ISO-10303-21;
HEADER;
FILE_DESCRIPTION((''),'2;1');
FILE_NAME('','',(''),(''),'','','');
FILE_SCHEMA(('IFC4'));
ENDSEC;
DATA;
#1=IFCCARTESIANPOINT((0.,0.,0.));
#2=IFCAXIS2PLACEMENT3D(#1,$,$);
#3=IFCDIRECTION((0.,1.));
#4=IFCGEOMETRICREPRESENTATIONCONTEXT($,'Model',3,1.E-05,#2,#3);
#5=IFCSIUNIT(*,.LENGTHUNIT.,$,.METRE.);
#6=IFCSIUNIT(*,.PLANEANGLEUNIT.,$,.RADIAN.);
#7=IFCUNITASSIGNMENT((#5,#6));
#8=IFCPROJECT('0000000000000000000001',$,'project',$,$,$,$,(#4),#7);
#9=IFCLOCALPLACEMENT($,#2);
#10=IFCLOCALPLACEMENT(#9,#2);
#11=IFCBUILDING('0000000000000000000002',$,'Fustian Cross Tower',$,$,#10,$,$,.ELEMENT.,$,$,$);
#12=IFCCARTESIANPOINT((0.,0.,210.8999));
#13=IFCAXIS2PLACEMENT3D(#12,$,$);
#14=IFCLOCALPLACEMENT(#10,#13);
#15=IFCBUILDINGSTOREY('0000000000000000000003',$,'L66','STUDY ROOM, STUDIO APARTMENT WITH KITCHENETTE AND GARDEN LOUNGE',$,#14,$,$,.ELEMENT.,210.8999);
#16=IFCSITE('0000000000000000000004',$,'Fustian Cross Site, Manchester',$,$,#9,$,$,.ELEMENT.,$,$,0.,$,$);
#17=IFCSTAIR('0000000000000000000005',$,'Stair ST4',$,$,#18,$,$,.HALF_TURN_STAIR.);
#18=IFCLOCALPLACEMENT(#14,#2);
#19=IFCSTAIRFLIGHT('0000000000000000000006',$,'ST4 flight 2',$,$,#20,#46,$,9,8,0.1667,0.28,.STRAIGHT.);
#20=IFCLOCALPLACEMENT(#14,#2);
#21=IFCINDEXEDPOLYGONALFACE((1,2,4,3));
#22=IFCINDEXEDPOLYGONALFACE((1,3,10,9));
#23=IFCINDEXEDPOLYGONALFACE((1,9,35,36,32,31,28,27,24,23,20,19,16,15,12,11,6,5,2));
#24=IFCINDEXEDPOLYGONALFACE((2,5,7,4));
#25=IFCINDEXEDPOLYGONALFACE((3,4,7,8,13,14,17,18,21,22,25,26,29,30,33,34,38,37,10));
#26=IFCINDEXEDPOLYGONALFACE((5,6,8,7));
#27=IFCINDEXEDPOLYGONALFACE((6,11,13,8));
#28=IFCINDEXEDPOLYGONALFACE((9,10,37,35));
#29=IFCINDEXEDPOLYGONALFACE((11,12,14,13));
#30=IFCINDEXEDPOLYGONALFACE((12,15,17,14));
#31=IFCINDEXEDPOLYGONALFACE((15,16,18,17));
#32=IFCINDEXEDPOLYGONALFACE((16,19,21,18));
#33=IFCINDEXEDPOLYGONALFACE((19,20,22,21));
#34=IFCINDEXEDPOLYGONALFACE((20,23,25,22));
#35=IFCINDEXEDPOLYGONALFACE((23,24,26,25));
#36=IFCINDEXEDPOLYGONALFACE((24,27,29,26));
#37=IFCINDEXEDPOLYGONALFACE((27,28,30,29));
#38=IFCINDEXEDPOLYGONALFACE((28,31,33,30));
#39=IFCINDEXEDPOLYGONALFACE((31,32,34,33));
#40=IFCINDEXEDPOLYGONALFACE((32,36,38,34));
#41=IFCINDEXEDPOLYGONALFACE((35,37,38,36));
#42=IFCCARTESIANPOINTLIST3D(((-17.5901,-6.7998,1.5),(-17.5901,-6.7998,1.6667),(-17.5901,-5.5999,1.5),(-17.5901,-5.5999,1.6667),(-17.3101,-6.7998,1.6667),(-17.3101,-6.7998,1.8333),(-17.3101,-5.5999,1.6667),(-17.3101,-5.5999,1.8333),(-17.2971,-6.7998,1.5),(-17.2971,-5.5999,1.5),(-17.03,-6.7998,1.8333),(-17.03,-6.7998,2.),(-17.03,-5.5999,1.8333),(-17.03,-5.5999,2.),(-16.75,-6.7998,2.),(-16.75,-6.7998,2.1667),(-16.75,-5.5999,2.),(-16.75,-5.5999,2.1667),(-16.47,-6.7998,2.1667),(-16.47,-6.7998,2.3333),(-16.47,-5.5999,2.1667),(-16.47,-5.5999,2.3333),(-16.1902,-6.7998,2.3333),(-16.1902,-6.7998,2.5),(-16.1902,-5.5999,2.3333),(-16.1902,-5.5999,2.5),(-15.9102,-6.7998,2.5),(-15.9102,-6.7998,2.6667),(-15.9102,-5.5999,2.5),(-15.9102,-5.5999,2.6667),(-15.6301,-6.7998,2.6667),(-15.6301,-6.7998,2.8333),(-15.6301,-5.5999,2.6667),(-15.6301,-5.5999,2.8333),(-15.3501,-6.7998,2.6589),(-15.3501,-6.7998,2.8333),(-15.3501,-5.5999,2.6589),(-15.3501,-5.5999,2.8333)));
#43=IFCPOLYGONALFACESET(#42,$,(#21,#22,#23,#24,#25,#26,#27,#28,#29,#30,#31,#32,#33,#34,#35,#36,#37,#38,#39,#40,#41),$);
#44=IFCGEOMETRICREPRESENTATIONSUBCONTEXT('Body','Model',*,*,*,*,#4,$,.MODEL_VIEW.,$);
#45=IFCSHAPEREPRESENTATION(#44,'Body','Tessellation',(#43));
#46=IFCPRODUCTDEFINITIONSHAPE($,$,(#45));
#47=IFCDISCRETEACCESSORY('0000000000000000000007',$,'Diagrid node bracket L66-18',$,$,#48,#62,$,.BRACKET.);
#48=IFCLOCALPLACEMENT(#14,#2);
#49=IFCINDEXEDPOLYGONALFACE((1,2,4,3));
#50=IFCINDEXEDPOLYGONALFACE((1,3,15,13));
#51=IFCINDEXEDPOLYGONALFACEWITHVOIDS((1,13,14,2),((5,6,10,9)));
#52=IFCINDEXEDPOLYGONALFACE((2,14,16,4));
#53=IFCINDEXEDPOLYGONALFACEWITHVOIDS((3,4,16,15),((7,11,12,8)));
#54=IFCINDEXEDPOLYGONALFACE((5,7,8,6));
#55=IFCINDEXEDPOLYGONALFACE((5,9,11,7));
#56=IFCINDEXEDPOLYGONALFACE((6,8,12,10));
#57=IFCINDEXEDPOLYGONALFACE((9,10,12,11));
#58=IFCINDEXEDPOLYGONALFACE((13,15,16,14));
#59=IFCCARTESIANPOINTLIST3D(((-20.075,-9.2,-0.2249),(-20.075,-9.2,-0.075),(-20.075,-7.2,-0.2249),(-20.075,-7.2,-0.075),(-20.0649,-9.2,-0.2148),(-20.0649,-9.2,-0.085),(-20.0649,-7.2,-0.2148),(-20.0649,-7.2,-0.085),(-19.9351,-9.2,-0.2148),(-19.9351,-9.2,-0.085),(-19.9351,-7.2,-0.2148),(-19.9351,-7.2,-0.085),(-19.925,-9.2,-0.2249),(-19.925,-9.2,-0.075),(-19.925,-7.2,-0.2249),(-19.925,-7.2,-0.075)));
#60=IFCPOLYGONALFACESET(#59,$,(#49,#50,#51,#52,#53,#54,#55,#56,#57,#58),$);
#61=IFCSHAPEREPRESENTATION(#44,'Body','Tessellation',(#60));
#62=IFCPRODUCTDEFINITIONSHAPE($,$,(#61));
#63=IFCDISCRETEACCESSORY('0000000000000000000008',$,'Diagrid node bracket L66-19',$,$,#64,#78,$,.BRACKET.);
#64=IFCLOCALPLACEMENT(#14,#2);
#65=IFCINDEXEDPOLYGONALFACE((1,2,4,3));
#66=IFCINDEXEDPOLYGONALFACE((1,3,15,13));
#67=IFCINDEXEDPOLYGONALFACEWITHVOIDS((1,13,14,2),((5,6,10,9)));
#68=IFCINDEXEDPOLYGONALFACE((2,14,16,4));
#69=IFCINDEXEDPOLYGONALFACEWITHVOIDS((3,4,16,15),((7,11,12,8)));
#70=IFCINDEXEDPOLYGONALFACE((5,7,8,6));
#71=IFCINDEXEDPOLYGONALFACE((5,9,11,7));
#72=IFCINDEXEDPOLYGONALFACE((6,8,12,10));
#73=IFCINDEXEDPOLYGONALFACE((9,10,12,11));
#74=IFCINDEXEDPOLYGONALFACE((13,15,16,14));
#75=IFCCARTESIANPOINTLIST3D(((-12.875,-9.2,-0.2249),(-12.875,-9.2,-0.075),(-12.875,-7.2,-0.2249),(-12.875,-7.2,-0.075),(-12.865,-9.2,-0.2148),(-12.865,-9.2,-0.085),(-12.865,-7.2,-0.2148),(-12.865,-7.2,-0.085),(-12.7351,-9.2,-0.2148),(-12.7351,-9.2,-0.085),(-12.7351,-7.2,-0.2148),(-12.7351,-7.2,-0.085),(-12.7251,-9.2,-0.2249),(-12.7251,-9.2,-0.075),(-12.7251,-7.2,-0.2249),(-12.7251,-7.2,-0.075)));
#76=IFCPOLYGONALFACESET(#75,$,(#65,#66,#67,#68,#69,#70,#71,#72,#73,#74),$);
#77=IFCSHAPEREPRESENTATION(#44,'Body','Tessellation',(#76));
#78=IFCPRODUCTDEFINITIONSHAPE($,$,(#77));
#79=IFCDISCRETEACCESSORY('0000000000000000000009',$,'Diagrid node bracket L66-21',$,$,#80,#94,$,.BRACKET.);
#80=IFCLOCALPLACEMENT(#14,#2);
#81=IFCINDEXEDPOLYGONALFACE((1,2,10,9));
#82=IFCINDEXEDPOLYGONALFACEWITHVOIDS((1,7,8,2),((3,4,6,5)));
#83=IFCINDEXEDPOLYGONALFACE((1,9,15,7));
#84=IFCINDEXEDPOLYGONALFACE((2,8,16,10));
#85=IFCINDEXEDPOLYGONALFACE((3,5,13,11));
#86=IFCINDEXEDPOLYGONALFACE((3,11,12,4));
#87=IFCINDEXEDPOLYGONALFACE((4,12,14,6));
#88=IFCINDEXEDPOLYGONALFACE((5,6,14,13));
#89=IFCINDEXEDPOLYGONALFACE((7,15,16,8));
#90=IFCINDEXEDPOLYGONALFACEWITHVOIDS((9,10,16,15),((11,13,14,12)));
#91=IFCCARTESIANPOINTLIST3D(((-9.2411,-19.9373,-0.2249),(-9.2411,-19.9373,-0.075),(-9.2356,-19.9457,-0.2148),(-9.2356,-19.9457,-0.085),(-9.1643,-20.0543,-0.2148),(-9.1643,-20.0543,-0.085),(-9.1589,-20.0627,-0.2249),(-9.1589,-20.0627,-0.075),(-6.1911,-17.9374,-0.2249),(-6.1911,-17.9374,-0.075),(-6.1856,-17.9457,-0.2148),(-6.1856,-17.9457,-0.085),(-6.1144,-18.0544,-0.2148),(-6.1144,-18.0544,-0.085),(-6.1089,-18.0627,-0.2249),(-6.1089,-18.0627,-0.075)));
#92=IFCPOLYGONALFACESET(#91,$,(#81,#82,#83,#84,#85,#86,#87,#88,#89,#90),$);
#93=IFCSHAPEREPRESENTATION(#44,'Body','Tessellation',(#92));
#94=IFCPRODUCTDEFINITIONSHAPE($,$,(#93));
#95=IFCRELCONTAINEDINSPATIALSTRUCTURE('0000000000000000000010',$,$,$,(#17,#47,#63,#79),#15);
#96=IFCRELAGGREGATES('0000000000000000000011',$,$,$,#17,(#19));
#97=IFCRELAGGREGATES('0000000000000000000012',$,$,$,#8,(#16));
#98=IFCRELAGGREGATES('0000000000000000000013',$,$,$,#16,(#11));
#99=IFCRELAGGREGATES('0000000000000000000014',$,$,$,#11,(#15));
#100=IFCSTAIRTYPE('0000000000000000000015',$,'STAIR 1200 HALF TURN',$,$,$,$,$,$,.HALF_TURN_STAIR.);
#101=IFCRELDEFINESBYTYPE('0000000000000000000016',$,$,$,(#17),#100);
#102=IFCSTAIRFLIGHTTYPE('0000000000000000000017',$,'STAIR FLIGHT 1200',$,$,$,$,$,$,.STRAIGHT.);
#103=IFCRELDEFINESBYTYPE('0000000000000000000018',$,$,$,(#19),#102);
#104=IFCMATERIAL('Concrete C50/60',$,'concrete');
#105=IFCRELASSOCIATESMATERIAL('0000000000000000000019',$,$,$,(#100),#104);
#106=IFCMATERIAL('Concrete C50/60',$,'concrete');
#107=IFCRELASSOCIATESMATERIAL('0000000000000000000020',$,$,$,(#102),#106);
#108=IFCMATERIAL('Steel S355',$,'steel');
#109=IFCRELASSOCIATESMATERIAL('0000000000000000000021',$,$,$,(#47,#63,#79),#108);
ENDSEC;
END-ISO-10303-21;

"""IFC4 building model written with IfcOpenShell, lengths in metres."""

from ifc_helpers import new_model, si_unit, direction, frame, origin, origin_2d, place, context, subcontext, project, spatial, polyline, hollow_rectangle, outline, extrude, material, type_object, element, aggregate, save


model = new_model("IFC4")

# Units and contexts
model_context = context("Model", 3, precision=1e-05, world=origin(), true_north=direction((0.0, 1.0)))
body_context = subcontext(model_context, "Body", "Model", "MODEL_VIEW")
ifc_project = project(units=[si_unit("LENGTHUNIT", "METRE"), si_unit("PLANEANGLEUNIT", "RADIAN")], contexts=[model_context])

# Site, building, storey
site_placement = place(None, origin())
site = spatial("IfcSite", under=ifc_project, at=site_placement, Name="Fustian Cross Site, Manchester", CompositionType="ELEMENT", RefElevation=0.0)
building_placement = place(site_placement, origin())
building = spatial("IfcBuilding", under=site, at=building_placement, Name="Fustian Cross Tower", CompositionType="ELEMENT")
storey_placement = place(building_placement, frame((0.0, 0.0, 210.8999)))
storey = spatial("IfcBuildingStorey", under=building, at=storey_placement, Name="L66", Description="STUDY ROOM, STUDIO APARTMENT WITH KITCHENETTE AND GARDEN LOUNGE", CompositionType="ELEMENT", Elevation=210.8999)

# Stair, stair flight
ifc_material_1 = material(Name="Concrete C50/60", Category="concrete")
stair_type = type_object("IfcStairType", Name="STAIR 1200 HALF TURN", PredefinedType="HALF_TURN_STAIR", material=ifc_material_1)
stair_placement = place(storey_placement, origin())
stair = element("IfcStair", 1, at=stair_placement, inside=storey, type_object=stair_type, Name="Stair ST4", PredefinedType="HALF_TURN_STAIR")
ifc_material_2 = material(Name="Concrete C50/60", Category="concrete")
stair_flight_type = type_object("IfcStairFlightType", Name="STAIR FLIGHT 1200", PredefinedType="STRAIGHT", material=ifc_material_2)
stair_flight_1_placement = place(storey_placement, frame((-17.5901, -6.2, 1.5), z_axis=(0.0, 0.0, 1.0), x_axis=(1.0, 0.0, 0.0)))
stair_flight_1 = element("IfcStairFlight", 2, at=stair_flight_1_placement, type_object=stair_flight_type, Name="ST4 flight 2", NumberOfRisers=9, NumberOfTreads=8, PredefinedType="STRAIGHT", RiserHeight=0.1667, TreadLength=0.28, context=body_context, shape_type="SweptSolid", body=[
    extrude(outline(polyline([(0.0, 0.0), (0.0, 0.1667), (0.28, 0.1667), (0.28, 0.3333), (0.5601, 0.3333), (0.5601, 0.5), (0.8401, 0.5), (0.8401, 0.6667), (1.1201, 0.6667), (1.1201, 0.8333), (1.3999, 0.8333), (1.3999, 1.0), (1.6799, 1.0), (1.6799, 1.1667), (1.96, 1.1667), (1.96, 1.3333), (2.24, 1.3333), (2.24, 1.5), (2.24, 1.1589), (0.293, 0.0), (0.0, 0.0)])), frame((0.0, 0.6001, 0.0), z_axis=(0.0, -1.0, 0.0), x_axis=(1.0, 0.0, 0.0)), (0.0, 0.0, 1.0), 1.2),
])
aggregate(stair, [stair_flight_1])

# Discrete accessories
ifc_material_3 = material(Name="Steel S355", Category="steel")
for number, where, z_axis, x_axis, name in (
    (3, (-20.0, -9.2, -0.1499), (0.0, 1.0, 0.0), (-1.0, 0.0, 0.0), "Diagrid node bracket L66-18"),
    (4, (-12.8, -9.2, -0.1499), (0.0, 1.0, 0.0), (-1.0, 0.0, 0.0), "Diagrid node bracket L66-19"),
):
    element("IfcDiscreteAccessory", number, at=place(storey_placement, frame(where, z_axis=z_axis, x_axis=x_axis)), inside=storey, material=ifc_material_3, Name=name, PredefinedType="BRACKET", context=body_context, shape_type="SweptSolid", body=[
        extrude(hollow_rectangle(XDim=0.1499, YDim=0.1499, WallThickness=0.01, at=origin_2d()), origin(), (0.0, 0.0, 1.0), 2.0),
    ])
discrete_accessory_placement = place(storey_placement, frame((-9.2, -20.0, -0.1499), z_axis=(0.836248, 0.548351, 0.0), x_axis=(-0.548351, 0.836248, 0.0)))
element("IfcDiscreteAccessory", 5, at=discrete_accessory_placement, inside=storey, material=ifc_material_3, Name="Diagrid node bracket L66-21", PredefinedType="BRACKET", context=body_context, shape_type="SweptSolid", body=[
    extrude(hollow_rectangle(XDim=0.1499, YDim=0.1499, WallThickness=0.01, at=origin_2d()), origin(), (0.0, 0.0, 1.0), 3.6472),
])

save(model, "model.ifc")
